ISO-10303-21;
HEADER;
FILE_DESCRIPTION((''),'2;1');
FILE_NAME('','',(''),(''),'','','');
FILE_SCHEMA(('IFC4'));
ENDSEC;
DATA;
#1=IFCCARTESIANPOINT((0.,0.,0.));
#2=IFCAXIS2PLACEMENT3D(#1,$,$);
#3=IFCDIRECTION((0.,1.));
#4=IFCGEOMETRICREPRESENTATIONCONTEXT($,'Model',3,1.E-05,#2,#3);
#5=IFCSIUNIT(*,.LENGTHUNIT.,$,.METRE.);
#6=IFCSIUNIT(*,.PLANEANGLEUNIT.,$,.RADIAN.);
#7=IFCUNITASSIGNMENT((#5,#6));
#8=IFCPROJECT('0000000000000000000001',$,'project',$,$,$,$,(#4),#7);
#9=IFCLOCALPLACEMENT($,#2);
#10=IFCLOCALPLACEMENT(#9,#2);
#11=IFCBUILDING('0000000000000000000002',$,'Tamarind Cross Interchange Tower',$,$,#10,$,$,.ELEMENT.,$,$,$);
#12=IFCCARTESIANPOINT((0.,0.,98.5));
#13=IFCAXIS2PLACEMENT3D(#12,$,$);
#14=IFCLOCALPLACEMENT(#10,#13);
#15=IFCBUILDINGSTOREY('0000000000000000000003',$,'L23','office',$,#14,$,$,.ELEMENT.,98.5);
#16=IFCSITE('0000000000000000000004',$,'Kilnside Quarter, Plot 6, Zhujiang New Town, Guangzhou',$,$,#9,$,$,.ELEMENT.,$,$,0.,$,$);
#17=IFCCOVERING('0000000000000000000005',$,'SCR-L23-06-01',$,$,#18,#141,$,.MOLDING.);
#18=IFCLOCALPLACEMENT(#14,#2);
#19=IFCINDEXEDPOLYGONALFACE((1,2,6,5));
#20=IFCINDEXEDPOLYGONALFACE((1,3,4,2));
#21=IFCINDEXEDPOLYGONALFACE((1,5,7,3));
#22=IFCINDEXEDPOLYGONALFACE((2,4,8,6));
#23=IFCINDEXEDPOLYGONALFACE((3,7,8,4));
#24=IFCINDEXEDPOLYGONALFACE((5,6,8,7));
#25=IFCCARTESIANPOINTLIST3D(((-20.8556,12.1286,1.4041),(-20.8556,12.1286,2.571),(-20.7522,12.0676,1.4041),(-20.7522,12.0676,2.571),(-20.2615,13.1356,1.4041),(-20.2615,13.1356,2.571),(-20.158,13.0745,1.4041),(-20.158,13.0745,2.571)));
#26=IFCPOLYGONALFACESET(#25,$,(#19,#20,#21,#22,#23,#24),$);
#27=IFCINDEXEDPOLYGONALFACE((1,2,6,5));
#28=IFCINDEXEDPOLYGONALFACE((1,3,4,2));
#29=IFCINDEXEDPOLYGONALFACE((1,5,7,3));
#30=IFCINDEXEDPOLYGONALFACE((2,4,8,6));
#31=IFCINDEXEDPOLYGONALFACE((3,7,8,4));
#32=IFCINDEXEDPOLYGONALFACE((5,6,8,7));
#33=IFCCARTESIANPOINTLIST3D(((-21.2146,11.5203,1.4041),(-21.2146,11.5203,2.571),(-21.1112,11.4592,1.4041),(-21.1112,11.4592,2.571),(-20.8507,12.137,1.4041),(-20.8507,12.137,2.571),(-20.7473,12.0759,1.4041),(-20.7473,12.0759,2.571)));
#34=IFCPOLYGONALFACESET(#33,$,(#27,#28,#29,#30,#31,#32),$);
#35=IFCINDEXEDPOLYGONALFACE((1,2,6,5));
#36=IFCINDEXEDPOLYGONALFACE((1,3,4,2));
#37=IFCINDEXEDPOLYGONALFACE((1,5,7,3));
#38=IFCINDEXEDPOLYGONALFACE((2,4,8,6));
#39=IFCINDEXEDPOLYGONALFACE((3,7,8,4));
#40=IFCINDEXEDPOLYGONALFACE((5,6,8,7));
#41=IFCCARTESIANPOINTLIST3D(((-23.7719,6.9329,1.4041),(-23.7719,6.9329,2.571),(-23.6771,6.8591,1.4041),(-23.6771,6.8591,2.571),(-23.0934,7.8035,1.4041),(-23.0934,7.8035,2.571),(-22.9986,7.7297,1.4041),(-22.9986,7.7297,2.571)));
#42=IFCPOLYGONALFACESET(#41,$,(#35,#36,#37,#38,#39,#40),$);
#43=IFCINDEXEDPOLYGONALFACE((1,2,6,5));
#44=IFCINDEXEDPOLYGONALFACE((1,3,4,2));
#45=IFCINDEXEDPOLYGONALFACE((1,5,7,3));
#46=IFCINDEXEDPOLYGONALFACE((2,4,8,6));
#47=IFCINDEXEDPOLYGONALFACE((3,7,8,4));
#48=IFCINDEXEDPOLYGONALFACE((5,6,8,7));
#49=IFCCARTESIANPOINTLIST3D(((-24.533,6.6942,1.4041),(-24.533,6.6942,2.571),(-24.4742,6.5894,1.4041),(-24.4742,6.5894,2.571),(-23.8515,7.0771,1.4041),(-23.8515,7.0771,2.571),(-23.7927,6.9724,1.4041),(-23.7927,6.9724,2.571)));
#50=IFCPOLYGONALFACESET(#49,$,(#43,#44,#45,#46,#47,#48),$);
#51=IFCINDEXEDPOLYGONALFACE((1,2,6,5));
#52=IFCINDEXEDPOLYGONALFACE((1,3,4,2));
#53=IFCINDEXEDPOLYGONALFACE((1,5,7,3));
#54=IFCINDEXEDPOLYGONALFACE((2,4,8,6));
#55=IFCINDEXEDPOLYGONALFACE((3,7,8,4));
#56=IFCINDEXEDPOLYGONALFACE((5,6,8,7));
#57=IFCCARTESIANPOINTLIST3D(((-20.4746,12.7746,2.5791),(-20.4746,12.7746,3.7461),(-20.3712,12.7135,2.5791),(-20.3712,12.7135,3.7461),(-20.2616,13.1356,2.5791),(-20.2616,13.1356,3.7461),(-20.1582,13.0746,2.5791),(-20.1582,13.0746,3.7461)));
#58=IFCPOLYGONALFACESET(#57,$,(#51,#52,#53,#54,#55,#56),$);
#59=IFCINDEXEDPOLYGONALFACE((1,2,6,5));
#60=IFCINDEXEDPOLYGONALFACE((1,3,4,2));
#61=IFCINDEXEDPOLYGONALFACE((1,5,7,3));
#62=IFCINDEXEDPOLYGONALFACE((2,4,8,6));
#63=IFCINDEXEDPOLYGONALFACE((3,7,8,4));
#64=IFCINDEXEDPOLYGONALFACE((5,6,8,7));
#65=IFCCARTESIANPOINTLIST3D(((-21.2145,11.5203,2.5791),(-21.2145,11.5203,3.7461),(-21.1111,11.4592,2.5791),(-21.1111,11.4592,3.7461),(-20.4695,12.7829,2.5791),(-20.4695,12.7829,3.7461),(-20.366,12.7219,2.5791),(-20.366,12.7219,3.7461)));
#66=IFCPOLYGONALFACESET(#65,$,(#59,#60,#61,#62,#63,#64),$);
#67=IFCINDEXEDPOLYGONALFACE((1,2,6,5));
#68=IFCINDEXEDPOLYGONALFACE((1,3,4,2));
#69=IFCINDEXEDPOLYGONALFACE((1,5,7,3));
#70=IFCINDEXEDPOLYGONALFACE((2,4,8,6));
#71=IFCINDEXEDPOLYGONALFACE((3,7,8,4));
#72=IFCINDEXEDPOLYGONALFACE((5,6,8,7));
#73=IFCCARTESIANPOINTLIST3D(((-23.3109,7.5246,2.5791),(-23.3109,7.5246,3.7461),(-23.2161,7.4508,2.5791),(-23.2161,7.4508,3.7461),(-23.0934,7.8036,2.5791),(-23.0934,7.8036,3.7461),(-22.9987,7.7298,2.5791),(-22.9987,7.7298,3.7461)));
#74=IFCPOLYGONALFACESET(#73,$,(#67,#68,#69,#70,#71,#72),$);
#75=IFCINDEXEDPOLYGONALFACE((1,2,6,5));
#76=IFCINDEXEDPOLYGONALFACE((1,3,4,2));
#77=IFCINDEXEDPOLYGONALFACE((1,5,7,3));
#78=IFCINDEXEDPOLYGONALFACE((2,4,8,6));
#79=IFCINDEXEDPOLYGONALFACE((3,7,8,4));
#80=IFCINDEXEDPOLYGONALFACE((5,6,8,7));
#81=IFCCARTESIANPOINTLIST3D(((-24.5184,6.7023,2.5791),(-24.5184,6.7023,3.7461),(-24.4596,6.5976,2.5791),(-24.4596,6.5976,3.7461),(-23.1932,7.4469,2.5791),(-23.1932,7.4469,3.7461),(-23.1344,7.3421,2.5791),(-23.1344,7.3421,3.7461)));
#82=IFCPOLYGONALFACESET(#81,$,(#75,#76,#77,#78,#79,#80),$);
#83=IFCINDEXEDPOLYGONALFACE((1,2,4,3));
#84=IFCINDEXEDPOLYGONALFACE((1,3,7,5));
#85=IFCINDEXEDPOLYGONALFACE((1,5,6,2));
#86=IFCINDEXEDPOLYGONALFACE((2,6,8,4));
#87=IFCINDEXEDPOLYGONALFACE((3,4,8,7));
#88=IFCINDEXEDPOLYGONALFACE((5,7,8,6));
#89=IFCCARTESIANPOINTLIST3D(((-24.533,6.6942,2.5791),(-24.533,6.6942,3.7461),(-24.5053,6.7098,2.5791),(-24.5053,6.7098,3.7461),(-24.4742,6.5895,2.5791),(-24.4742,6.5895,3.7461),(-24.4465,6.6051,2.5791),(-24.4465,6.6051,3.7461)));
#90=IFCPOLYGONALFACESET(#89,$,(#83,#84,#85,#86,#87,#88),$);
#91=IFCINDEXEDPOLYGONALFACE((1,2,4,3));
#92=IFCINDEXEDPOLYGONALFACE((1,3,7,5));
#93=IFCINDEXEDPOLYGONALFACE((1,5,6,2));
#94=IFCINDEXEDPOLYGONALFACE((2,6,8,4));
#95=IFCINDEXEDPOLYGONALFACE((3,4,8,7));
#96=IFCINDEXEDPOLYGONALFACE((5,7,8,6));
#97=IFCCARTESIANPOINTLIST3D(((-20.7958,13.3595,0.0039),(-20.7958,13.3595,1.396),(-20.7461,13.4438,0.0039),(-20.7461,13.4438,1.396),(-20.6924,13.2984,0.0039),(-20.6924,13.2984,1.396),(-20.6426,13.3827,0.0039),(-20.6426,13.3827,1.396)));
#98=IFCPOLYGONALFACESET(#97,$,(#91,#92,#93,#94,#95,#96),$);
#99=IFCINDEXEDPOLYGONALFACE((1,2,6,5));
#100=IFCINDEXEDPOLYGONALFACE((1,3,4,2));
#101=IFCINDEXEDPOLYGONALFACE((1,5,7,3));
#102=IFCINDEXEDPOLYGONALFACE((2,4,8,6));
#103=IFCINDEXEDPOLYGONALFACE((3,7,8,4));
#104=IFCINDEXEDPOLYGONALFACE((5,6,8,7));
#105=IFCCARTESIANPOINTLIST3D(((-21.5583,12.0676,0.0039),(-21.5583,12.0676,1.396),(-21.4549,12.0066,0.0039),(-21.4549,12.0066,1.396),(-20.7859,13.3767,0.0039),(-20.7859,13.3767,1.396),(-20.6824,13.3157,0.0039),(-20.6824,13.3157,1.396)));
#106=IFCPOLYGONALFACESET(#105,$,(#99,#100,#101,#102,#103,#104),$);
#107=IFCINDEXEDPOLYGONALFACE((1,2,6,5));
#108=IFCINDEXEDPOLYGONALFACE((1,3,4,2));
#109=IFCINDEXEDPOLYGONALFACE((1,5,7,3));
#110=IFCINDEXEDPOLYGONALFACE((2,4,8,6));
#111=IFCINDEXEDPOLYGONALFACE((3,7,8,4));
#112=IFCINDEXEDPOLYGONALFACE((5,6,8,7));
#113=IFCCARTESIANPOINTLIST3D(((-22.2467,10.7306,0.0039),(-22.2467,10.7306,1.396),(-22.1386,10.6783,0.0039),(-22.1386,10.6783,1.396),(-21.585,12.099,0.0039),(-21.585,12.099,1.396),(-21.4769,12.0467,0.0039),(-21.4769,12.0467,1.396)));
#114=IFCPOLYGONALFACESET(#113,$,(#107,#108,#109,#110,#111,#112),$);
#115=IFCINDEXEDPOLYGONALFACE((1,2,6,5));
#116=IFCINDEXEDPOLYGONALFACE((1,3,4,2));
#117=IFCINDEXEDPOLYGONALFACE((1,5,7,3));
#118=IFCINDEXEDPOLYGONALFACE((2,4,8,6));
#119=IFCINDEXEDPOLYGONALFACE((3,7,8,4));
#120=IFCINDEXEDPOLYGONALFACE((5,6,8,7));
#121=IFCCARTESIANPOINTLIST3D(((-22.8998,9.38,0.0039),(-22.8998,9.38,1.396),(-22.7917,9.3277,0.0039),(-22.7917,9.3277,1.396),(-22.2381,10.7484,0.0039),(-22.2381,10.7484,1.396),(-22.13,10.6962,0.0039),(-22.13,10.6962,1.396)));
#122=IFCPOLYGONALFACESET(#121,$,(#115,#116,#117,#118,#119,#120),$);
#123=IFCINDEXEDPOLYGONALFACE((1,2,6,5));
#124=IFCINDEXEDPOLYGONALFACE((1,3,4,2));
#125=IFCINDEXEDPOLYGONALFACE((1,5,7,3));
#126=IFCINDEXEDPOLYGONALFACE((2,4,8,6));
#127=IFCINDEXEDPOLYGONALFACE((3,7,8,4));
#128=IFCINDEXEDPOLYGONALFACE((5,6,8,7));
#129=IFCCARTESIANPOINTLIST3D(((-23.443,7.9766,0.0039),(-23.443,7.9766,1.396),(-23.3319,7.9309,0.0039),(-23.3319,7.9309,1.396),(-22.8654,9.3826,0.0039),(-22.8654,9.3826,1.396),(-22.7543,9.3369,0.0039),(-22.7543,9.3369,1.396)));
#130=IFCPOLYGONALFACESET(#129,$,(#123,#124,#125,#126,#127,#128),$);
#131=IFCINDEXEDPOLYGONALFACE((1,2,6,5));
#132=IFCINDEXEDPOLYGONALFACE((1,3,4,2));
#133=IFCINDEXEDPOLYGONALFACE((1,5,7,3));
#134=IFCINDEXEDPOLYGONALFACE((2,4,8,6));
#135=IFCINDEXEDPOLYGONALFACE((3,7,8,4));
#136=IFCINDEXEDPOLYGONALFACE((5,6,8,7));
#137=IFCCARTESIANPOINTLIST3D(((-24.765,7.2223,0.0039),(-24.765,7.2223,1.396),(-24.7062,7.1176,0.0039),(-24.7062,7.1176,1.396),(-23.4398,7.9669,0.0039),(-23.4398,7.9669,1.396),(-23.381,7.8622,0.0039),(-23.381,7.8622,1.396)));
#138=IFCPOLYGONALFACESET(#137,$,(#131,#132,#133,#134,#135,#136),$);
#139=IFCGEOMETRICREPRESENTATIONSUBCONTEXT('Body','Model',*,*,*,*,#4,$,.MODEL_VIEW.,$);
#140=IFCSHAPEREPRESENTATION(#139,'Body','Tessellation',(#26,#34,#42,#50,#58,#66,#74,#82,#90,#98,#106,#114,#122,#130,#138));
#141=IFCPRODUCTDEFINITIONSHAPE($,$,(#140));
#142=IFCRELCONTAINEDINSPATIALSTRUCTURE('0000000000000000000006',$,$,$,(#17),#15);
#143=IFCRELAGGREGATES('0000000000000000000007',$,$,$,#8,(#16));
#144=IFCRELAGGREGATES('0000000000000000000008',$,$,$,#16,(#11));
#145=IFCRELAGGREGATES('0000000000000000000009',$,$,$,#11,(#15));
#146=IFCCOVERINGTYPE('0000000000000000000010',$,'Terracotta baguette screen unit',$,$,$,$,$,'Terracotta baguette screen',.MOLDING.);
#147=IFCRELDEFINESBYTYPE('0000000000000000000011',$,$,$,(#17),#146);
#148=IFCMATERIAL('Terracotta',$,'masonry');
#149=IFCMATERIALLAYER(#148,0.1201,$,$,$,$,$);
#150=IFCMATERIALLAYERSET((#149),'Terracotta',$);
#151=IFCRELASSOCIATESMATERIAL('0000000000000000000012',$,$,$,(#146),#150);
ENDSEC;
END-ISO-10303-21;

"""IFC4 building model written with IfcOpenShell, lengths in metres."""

from ifc_helpers import new_model, si_unit, direction, frame, origin, origin_2d, place, context, subcontext, project, spatial, rectangle, extrude, material, layer, layer_set, type_object, element, save


model = new_model("IFC4")

# Units and contexts
model_context = context("Model", 3, precision=1e-05, world=origin(), true_north=direction((0.0, 1.0)))
body_context = subcontext(model_context, "Body", "Model", "MODEL_VIEW")
ifc_project = project(units=[si_unit("LENGTHUNIT", "METRE"), si_unit("PLANEANGLEUNIT", "RADIAN")], contexts=[model_context])

# Site, building, storey
site_placement = place(None, origin())
site = spatial("IfcSite", under=ifc_project, at=site_placement, Name="Kilnside Quarter, Plot 6, Zhujiang New Town, Guangzhou", CompositionType="ELEMENT", RefElevation=0.0)
building_placement = place(site_placement, origin())
building = spatial("IfcBuilding", under=site, at=building_placement, Name="Tamarind Cross Interchange Tower", CompositionType="ELEMENT")
storey_placement = place(building_placement, frame((0.0, 0.0, 98.5)))
storey = spatial("IfcBuildingStorey", under=building, at=storey_placement, Name="L23", Description="office", CompositionType="ELEMENT", Elevation=98.5)

# Covering
ifc_material_1 = material(Name="Terracotta", Category="masonry")
ifc_layer_1 = layer(ifc_material_1, 0.1201)
ifc_layer_set_1 = layer_set([ifc_layer_1], Name="Terracotta")
covering_type = type_object("IfcCoveringType", Name="Terracotta baguette screen unit", ElementType="Terracotta baguette screen", PredefinedType="MOLDING", material=ifc_layer_set_1)
covering_1_placement = place(storey_placement, origin())
element("IfcCovering", 1, at=covering_1_placement, inside=storey, type_object=covering_type, Name="SCR-L23-06-01", PredefinedType="MOLDING", context=body_context, shape_type="SweptSolid", body=[
    extrude(rectangle(XDim=1.1692, YDim=0.1201, at=origin_2d()), frame((-20.5068, 12.6016, 1.4041), z_axis=(0.0, 0.0, 1.0), x_axis=(-0.508183, -0.861249, 0.0)), (0.0, 0.0, 1.0), 1.167),
    extrude(rectangle(XDim=0.7161, YDim=0.1201, at=origin_2d()), frame((-20.981, 11.7981, 1.4041), z_axis=(0.0, 0.0, 1.0), x_axis=(-0.508183, -0.861249, 0.0)), (0.0, 0.0, 1.0), 1.167),
    extrude(rectangle(XDim=1.1038, YDim=0.1201, at=origin_2d()), frame((-23.3853, 7.3313, 1.4041), z_axis=(0.0, 0.0, 1.0), x_axis=(-0.614716, -0.788748, 0.0)), (0.0, 0.0, 1.0), 1.167),
    extrude(rectangle(XDim=0.7817, YDim=0.1201, at=origin_2d()), frame((-24.1628, 6.8333, 1.4041), z_axis=(0.0, 0.0, 1.0), x_axis=(-0.871816, -0.489833, 0.0)), (0.0, 0.0, 1.0), 1.167),
    extrude(rectangle(XDim=0.4192, YDim=0.1201, at=origin_2d()), frame((-20.3164, 12.9246, 2.5791), z_axis=(0.0, 0.0, 1.0), x_axis=(-0.508183, -0.861249, 0.0)), (0.0, 0.0, 1.0), 1.167),
    extrude(rectangle(XDim=1.4661, YDim=0.1201, at=origin_2d()), frame((-20.7903, 12.1211, 2.5791), z_axis=(0.0, 0.0, 1.0), x_axis=(-0.508183, -0.861249, 0.0)), (0.0, 0.0, 1.0), 1.167),
    extrude(rectangle(XDim=0.3538, YDim=0.1201, at=origin_2d()), frame((-23.1548, 7.6272, 2.5791), z_axis=(0.0, 0.0, 1.0), x_axis=(-0.614716, -0.788748, 0.0)), (0.0, 0.0, 1.0), 1.167),
    extrude(rectangle(XDim=1.52, YDim=0.1201, at=origin_2d()), frame((-23.8264, 7.0222, 2.5791), z_axis=(0.0, 0.0, 1.0), x_axis=(-0.871816, -0.489833, 0.0)), (0.0, 0.0, 1.0), 1.167),
    extrude(rectangle(XDim=0.0317, YDim=0.1201, at=origin_2d()), frame((-24.4897, 6.6497, 2.5791), z_axis=(0.0, 0.0, 1.0), x_axis=(-0.871816, -0.489833, 0.0)), (0.0, 0.0, 1.0), 1.167),
    extrude(rectangle(XDim=0.0979, YDim=0.1201, at=origin_2d()), frame((-20.7192, 13.3711, 0.0039), z_axis=(0.0, 0.0, 1.0), x_axis=(-0.508183, -0.861249, 0.0)), (0.0, 0.0, 1.0), 1.3921),
    extrude(rectangle(XDim=1.52, YDim=0.1201, at=origin_2d()), frame((-21.1204, 12.6917, 0.0039), z_axis=(0.0, 0.0, 1.0), x_axis=(-0.508183, -0.861249, 0.0)), (0.0, 0.0, 1.0), 1.3921),
    extrude(rectangle(XDim=1.52, YDim=0.1201, at=origin_2d()), frame((-21.8618, 11.3887, 0.0039), z_axis=(0.0, 0.0, 1.0), x_axis=(-0.435326, -0.900273, 0.0)), (0.0, 0.0, 1.0), 1.3921),
    extrude(rectangle(XDim=1.52, YDim=0.1201, at=origin_2d()), frame((-22.5149, 10.0381, 0.0039), z_axis=(0.0, 0.0, 1.0), x_axis=(-0.435326, -0.900273, 0.0)), (0.0, 0.0, 1.0), 1.3921),
    extrude(rectangle(XDim=1.52, YDim=0.1201, at=origin_2d()), frame((-23.0986, 8.6567, 0.0039), z_axis=(0.0, 0.0, 1.0), x_axis=(-0.380016, -0.92498, 0.0)), (0.0, 0.0, 1.0), 1.3921),
    extrude(rectangle(XDim=1.52, YDim=0.1201, at=origin_2d()), frame((-24.073, 7.5422, 0.0039), z_axis=(0.0, 0.0, 1.0), x_axis=(-0.871816, -0.489833, 0.0)), (0.0, 0.0, 1.0), 1.3921),
])

save(model, "model.ifc")
